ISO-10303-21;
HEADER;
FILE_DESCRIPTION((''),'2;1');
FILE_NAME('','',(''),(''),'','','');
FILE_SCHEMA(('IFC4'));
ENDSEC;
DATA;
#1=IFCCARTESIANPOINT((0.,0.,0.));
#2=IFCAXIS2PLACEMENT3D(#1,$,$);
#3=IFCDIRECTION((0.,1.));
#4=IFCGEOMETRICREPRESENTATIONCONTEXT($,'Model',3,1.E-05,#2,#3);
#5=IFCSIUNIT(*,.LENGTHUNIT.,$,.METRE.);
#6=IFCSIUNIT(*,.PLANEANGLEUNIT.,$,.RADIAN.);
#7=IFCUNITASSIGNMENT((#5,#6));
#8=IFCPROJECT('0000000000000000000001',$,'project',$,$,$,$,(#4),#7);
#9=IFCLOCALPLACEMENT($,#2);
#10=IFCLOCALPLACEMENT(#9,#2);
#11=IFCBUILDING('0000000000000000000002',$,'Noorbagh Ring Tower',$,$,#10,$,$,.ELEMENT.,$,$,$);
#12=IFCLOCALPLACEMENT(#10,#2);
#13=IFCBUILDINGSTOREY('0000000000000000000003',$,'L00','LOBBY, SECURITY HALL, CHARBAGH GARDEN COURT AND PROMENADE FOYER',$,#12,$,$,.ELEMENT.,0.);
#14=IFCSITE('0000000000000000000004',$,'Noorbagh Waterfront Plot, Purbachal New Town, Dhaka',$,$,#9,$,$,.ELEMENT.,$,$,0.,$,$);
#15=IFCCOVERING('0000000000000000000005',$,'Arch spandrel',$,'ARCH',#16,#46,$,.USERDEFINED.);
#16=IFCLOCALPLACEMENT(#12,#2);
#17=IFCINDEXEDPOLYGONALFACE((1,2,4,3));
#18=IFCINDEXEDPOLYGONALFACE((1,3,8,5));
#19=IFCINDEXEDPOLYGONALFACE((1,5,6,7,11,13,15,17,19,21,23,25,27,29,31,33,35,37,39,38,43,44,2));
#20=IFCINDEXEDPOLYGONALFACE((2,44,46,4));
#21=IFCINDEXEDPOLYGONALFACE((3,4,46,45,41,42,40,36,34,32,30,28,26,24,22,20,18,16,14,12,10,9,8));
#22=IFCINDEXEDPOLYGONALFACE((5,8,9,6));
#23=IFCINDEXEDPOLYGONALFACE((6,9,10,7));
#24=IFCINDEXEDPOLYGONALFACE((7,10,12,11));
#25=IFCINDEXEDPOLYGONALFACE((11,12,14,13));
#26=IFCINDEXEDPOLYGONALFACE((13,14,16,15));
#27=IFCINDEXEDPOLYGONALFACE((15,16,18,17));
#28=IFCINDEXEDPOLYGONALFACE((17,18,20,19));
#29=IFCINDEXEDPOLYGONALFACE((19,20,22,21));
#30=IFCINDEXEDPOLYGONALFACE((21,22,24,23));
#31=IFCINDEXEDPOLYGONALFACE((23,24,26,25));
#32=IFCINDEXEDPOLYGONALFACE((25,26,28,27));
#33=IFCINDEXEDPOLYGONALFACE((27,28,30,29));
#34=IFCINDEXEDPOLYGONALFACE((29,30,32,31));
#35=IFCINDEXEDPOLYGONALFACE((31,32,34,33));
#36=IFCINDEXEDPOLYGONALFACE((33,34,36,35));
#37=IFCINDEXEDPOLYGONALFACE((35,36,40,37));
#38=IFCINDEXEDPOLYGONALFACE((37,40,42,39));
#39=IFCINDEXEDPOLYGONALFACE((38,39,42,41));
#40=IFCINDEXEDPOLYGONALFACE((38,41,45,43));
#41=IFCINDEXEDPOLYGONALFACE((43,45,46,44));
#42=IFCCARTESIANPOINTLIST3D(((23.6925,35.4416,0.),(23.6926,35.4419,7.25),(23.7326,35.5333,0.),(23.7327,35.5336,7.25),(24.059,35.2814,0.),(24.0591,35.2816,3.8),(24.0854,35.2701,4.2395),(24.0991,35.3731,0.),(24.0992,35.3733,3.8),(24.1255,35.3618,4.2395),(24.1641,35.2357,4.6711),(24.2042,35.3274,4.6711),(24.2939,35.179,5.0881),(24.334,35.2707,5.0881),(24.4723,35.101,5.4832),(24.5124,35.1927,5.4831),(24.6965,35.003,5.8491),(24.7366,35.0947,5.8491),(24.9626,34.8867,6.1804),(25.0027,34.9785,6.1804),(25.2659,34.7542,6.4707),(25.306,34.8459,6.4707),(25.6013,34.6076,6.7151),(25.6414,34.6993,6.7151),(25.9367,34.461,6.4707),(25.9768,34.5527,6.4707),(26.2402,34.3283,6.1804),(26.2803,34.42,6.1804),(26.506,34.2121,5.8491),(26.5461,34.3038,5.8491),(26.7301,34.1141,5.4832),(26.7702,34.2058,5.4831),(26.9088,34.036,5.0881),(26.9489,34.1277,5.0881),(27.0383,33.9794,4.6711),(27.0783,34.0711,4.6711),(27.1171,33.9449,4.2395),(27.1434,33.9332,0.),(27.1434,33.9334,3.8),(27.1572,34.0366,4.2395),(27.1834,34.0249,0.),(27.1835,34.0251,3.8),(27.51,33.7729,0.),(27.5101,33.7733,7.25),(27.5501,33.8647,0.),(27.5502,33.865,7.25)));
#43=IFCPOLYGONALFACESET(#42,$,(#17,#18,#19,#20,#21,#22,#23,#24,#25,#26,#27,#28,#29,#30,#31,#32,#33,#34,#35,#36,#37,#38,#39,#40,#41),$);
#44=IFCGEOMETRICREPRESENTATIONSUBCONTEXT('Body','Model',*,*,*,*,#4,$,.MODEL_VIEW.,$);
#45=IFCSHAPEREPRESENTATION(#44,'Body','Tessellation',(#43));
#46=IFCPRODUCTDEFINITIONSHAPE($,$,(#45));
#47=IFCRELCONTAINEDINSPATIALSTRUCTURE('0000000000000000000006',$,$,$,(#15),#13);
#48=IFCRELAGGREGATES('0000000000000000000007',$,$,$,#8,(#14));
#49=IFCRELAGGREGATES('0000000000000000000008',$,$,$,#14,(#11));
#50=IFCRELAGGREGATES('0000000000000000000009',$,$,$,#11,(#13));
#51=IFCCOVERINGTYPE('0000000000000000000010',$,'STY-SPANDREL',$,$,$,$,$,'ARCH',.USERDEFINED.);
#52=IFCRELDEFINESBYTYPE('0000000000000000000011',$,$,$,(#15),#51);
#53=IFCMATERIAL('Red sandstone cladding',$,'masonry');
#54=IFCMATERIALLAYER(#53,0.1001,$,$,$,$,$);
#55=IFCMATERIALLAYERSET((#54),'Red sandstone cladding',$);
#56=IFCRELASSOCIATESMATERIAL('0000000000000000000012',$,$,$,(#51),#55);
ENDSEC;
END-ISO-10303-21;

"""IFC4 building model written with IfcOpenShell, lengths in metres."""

from ifc_helpers import new_model, si_unit, direction, frame, origin, place, context, subcontext, project, spatial, polyline, outline, extrude, material, layer, layer_set, type_object, element, save


model = new_model("IFC4")

# Units and contexts
model_context = context("Model", 3, precision=1e-05, world=origin(), true_north=direction((0.0, 1.0)))
body_context = subcontext(model_context, "Body", "Model", "MODEL_VIEW")
ifc_project = project(units=[si_unit("LENGTHUNIT", "METRE"), si_unit("PLANEANGLEUNIT", "RADIAN")], contexts=[model_context])

# Site, building, storey
site_placement = place(None, origin())
site = spatial("IfcSite", under=ifc_project, at=site_placement, Name="Noorbagh Waterfront Plot, Purbachal New Town, Dhaka", CompositionType="ELEMENT", RefElevation=0.0)
building_placement = place(site_placement, origin())
building = spatial("IfcBuilding", under=site, at=building_placement, Name="Noorbagh Ring Tower", CompositionType="ELEMENT")
storey_placement = place(building_placement, origin())
storey = spatial("IfcBuildingStorey", under=building, at=storey_placement, Name="L00", Description="LOBBY, SECURITY HALL, CHARBAGH GARDEN COURT AND PROMENADE FOYER", CompositionType="ELEMENT", Elevation=0.0)

# Covering
ifc_material_1 = material(Name="Red sandstone cladding", Category="masonry")
ifc_layer_1 = layer(ifc_material_1, 0.1001)
ifc_layer_set_1 = layer_set([ifc_layer_1], Name="Red sandstone cladding")
covering_type = type_object("IfcCoveringType", Name="STY-SPANDREL", ElementType="ARCH", PredefinedType="USERDEFINED", material=ifc_layer_set_1)
covering_1_placement = place(storey_placement, frame((27.51, 33.7729, 0.0), z_axis=(-0.400515, -0.91629, 0.000046), x_axis=(-0.91629, 0.400515, 0.0)))
element("IfcCovering", 1, at=covering_1_placement, inside=storey, type_object=covering_type, Name="Arch spandrel", ObjectType="ARCH", PredefinedType="USERDEFINED", context=body_context, shape_type="SweptSolid", body=[
    extrude(outline(polyline([(0.0, 0.0), (0.4001, 0.0), (0.4001, -3.8), (0.4289, -4.2395), (0.5149, -4.6711), (0.6562, -5.0881), (0.8512, -5.4832), (1.0958, -5.8491), (1.386, -6.1804), (1.7171, -6.4707), (2.0833, -6.7151), (2.4493, -6.4707), (2.7802, -6.1804), (3.0706, -5.8491), (3.3153, -5.4832), (3.51, -5.0881), (3.6517, -4.6711), (3.7375, -4.2395), (3.7663, -3.8), (3.7663, 0.0), (4.1663, 0.0), (4.1663, -7.25), (0.0, -7.25), (0.0, 0.0)])), origin(), (0.0, 0.0, -1.0), 0.1001),
])

save(model, "model.ifc")
